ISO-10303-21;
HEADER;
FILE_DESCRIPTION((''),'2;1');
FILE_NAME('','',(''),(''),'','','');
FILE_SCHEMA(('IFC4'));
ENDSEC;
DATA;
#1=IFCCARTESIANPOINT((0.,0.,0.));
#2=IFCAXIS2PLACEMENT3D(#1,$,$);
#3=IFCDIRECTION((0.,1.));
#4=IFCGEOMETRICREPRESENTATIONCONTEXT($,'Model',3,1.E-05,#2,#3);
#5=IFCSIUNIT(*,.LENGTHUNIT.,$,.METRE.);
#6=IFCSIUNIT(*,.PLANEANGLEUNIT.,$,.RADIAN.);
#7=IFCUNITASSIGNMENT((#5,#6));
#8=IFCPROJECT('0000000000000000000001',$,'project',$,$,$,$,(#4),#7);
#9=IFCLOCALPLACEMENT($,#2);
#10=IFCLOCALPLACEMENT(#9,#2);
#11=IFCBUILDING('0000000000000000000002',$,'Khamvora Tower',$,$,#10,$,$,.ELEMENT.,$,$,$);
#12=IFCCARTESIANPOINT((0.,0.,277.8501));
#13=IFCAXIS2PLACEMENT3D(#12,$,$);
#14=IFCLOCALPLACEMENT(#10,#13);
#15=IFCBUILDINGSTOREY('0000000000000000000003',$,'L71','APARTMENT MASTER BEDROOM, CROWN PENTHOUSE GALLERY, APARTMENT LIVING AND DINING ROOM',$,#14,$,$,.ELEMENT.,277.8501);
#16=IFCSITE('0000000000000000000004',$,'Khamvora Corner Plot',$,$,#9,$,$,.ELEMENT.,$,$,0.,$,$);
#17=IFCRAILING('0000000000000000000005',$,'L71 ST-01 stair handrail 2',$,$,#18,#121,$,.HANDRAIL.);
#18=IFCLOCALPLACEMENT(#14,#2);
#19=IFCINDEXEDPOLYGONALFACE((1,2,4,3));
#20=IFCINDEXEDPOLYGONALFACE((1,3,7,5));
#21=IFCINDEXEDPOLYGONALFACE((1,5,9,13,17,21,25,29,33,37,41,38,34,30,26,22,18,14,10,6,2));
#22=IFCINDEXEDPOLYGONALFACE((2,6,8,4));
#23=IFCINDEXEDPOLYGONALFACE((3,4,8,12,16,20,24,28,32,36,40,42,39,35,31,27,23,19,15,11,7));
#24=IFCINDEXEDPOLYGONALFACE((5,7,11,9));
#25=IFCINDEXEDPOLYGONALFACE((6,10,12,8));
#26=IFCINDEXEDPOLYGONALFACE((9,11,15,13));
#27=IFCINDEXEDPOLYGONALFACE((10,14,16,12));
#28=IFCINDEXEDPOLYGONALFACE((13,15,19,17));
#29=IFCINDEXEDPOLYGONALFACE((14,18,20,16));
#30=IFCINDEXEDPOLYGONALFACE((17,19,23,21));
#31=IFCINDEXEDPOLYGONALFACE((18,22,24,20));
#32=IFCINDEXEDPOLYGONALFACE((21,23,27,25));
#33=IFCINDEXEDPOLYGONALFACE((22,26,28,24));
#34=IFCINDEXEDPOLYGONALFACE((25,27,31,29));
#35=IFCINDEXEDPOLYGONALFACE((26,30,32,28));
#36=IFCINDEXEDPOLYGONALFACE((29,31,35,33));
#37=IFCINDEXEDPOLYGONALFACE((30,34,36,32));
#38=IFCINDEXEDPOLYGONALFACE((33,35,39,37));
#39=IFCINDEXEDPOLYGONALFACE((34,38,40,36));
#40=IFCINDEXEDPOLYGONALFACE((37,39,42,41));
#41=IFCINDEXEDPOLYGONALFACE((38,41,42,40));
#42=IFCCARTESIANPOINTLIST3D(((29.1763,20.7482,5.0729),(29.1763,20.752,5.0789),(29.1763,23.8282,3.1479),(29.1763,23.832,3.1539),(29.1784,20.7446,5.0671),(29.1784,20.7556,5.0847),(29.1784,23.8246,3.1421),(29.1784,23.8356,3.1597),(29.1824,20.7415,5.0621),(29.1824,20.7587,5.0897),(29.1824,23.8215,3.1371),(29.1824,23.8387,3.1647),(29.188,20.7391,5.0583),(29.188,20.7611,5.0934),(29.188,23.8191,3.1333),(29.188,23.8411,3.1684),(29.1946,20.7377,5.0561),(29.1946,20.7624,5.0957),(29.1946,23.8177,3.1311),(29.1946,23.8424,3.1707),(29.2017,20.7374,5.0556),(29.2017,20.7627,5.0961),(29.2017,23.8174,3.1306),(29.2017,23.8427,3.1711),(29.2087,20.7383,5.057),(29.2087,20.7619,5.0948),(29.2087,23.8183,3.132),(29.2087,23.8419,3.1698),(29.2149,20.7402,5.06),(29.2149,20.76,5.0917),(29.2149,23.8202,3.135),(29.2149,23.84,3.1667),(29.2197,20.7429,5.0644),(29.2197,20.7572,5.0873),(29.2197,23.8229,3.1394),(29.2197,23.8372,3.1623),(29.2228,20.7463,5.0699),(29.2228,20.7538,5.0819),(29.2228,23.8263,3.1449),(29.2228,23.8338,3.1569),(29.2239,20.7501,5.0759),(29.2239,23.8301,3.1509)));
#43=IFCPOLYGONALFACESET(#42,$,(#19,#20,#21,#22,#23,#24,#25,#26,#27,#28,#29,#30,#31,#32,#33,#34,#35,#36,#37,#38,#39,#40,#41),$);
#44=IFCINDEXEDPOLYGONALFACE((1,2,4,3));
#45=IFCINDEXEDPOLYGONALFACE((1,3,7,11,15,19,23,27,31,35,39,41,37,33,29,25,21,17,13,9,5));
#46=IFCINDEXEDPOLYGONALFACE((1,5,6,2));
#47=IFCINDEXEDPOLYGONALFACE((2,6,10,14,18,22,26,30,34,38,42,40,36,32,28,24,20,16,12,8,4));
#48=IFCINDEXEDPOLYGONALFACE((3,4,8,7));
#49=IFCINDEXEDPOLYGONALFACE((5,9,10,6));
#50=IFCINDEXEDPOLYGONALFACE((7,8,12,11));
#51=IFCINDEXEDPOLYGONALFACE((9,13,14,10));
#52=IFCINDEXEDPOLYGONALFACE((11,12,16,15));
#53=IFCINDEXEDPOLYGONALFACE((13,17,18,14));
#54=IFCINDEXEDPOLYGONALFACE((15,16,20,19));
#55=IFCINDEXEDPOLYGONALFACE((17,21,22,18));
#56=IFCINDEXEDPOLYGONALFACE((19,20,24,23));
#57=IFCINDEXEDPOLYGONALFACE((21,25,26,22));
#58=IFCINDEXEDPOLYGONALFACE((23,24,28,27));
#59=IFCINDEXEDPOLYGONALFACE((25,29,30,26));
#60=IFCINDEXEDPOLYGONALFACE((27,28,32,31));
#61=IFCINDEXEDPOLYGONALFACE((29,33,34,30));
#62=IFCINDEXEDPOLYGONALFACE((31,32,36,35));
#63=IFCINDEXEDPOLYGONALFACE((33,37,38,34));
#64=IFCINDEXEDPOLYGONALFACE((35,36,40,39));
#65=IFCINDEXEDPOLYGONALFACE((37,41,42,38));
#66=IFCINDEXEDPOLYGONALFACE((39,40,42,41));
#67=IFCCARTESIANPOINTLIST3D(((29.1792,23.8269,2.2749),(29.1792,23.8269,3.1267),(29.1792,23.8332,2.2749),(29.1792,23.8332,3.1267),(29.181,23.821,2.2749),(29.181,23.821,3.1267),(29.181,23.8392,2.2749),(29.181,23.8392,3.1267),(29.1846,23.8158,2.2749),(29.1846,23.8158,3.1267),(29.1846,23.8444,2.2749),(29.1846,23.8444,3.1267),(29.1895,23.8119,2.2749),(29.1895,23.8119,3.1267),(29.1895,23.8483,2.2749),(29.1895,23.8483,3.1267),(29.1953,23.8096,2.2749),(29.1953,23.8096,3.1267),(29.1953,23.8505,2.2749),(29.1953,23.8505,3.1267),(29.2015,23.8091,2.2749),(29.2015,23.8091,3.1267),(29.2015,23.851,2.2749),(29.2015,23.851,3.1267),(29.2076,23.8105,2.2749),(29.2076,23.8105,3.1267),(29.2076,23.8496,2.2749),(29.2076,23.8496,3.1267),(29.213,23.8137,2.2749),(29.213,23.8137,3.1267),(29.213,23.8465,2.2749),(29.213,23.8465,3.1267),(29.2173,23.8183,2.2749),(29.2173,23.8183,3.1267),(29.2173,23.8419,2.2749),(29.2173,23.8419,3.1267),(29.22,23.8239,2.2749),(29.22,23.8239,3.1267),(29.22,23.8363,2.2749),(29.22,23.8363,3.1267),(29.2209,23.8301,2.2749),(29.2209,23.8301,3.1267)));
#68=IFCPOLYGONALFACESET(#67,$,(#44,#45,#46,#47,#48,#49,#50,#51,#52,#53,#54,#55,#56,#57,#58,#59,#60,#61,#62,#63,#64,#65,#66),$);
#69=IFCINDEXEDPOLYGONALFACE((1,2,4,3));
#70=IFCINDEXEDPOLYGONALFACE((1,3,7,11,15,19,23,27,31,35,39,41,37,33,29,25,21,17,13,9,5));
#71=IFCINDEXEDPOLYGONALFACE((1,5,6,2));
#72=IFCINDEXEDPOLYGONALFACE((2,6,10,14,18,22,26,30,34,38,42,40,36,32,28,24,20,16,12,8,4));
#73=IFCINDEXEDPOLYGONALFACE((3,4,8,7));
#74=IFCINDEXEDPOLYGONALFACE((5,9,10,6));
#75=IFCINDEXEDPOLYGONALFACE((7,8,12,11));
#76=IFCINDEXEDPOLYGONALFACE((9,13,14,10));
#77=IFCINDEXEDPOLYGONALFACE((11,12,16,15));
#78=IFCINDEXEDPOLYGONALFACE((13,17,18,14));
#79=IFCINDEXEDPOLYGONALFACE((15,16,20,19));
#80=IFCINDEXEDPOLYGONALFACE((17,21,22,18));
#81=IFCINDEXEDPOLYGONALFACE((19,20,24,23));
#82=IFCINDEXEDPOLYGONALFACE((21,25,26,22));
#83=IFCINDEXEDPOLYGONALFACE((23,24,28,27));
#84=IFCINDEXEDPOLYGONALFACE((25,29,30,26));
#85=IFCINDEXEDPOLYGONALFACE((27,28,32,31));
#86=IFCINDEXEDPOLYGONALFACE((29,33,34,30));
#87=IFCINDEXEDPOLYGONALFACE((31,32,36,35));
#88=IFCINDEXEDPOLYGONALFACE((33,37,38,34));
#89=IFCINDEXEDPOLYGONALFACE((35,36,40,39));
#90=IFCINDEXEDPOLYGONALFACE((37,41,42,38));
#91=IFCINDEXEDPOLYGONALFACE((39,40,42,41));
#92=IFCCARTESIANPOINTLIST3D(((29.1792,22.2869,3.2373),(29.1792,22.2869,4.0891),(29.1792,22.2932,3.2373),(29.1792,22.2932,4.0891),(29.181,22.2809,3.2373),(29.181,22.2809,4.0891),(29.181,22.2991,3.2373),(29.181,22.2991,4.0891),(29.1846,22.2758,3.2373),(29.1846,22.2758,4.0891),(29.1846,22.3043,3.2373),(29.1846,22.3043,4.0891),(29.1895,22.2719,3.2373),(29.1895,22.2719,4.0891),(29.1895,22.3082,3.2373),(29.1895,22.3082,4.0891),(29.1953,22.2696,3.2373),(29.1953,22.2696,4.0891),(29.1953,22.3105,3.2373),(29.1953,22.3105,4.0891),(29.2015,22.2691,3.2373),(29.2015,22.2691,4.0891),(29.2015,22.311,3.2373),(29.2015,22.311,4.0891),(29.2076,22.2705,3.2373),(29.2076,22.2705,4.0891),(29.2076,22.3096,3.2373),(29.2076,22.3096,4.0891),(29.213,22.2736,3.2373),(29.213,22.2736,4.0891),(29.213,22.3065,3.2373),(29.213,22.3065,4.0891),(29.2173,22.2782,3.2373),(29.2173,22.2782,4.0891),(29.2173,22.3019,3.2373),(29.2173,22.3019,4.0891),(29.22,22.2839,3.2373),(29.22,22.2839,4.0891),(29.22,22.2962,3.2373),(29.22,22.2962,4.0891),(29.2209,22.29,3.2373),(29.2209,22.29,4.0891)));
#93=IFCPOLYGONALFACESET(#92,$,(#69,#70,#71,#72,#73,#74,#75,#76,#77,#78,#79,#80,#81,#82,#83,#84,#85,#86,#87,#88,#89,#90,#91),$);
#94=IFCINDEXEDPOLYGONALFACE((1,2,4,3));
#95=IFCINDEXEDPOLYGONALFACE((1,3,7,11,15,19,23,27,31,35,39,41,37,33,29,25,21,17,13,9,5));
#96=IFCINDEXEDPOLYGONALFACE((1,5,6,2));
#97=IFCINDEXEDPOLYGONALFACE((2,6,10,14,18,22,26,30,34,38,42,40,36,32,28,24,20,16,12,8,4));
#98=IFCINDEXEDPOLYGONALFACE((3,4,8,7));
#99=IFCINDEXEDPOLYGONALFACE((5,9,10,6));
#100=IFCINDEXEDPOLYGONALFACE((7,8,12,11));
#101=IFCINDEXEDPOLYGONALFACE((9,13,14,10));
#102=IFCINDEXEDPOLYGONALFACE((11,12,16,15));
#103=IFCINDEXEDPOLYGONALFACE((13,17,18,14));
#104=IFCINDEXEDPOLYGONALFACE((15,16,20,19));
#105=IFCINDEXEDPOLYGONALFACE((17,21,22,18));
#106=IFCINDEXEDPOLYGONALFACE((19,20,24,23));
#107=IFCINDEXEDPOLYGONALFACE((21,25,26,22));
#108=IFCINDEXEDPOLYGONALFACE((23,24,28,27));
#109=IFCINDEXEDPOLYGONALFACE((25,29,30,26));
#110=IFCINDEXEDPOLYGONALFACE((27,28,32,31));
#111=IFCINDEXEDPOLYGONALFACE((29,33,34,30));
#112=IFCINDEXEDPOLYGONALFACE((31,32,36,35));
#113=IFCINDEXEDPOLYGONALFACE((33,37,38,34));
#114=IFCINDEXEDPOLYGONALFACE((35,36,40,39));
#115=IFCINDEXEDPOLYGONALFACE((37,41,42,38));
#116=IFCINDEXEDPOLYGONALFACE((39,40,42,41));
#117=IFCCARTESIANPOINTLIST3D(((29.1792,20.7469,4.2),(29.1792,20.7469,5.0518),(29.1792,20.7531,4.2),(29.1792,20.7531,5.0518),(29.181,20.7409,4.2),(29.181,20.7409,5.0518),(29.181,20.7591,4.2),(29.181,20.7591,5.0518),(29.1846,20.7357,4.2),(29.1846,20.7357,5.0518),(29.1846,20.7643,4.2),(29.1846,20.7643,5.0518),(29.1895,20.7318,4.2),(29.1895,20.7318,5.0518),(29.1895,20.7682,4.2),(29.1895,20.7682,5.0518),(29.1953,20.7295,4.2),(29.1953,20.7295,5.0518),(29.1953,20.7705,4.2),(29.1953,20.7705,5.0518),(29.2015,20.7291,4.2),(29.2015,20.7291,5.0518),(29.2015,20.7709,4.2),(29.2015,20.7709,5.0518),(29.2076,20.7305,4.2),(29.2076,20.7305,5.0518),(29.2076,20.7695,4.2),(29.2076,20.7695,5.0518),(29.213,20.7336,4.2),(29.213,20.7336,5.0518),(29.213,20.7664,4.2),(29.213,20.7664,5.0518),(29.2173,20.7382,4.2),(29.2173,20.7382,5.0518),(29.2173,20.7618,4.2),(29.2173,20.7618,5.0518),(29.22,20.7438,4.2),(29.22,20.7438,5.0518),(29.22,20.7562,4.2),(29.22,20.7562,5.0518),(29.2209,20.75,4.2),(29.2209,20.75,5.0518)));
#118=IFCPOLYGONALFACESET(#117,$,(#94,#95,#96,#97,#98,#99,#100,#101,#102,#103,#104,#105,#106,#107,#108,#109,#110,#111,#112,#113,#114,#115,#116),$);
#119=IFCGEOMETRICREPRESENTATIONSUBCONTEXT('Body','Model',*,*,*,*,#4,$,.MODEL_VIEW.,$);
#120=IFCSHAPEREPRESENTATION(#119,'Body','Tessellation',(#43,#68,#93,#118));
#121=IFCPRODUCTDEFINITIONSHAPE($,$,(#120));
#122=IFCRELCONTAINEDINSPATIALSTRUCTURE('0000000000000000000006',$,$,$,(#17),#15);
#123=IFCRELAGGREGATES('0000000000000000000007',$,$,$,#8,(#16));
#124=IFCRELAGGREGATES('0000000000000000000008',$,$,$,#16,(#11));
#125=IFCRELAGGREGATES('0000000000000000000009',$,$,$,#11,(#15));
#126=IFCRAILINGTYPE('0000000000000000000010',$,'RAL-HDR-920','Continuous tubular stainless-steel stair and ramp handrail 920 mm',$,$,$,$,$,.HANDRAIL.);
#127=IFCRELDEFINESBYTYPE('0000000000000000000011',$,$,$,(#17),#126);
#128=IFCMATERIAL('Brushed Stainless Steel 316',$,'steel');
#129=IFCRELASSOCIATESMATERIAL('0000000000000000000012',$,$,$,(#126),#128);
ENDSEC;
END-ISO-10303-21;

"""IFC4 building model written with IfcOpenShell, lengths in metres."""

from ifc_helpers import new_model, si_unit, direction, frame, origin, origin_2d, place, context, subcontext, project, spatial, circle, extrude, material, type_object, element, save


model = new_model("IFC4")

# Units and contexts
model_context = context("Model", 3, precision=1e-05, world=origin(), true_north=direction((0.0, 1.0)))
body_context = subcontext(model_context, "Body", "Model", "MODEL_VIEW")
ifc_project = project(units=[si_unit("LENGTHUNIT", "METRE"), si_unit("PLANEANGLEUNIT", "RADIAN")], contexts=[model_context])

# Site, building, storey
site_placement = place(None, origin())
site = spatial("IfcSite", under=ifc_project, at=site_placement, Name="Khamvora Corner Plot", CompositionType="ELEMENT", RefElevation=0.0)
building_placement = place(site_placement, origin())
building = spatial("IfcBuilding", under=site, at=building_placement, Name="Khamvora Tower", CompositionType="ELEMENT")
storey_placement = place(building_placement, frame((0.0, 0.0, 277.8501)))
storey = spatial("IfcBuildingStorey", under=building, at=storey_placement, Name="L71", Description="APARTMENT MASTER BEDROOM, CROWN PENTHOUSE GALLERY, APARTMENT LIVING AND DINING ROOM", CompositionType="ELEMENT", Elevation=277.8501)

# Railing
ifc_material_1 = material(Name="Brushed Stainless Steel 316", Category="steel")
railing_type_1 = type_object("IfcRailingType", Name="RAL-HDR-920", Description="Continuous tubular stainless-steel stair and ramp handrail 920 mm", PredefinedType="HANDRAIL", material=ifc_material_1)
railing_1_placement = place(storey_placement, frame((29.2, 23.8301, 2.2749)))
element("IfcRailing", 1, at=railing_1_placement, inside=storey, type_object=railing_type_1, Name="L71 ST-01 stair handrail 2", PredefinedType="HANDRAIL", context=body_context, shape_type="SweptSolid", body=[
    extrude(circle(Radius=0.0239, at=origin_2d()), frame((0.0, 0.0, 0.876), z_axis=(0.0, -0.847998, 0.529999), x_axis=(1.0, 0.0, 0.0)), (0.0, 0.0, 1.0), 3.6321),
    extrude(circle(Radius=0.021, at=origin_2d()), origin(), (0.0, 0.0, 1.0), 0.8518),
    extrude(circle(Radius=0.021, at=origin_2d()), frame((0.0, -1.54, 0.9624)), (0.0, 0.0, 1.0), 0.8518),
    extrude(circle(Radius=0.021, at=origin_2d()), frame((0.0, -3.0801, 1.925)), (0.0, 0.0, 1.0), 0.8518),
])

save(model, "model.ifc")
